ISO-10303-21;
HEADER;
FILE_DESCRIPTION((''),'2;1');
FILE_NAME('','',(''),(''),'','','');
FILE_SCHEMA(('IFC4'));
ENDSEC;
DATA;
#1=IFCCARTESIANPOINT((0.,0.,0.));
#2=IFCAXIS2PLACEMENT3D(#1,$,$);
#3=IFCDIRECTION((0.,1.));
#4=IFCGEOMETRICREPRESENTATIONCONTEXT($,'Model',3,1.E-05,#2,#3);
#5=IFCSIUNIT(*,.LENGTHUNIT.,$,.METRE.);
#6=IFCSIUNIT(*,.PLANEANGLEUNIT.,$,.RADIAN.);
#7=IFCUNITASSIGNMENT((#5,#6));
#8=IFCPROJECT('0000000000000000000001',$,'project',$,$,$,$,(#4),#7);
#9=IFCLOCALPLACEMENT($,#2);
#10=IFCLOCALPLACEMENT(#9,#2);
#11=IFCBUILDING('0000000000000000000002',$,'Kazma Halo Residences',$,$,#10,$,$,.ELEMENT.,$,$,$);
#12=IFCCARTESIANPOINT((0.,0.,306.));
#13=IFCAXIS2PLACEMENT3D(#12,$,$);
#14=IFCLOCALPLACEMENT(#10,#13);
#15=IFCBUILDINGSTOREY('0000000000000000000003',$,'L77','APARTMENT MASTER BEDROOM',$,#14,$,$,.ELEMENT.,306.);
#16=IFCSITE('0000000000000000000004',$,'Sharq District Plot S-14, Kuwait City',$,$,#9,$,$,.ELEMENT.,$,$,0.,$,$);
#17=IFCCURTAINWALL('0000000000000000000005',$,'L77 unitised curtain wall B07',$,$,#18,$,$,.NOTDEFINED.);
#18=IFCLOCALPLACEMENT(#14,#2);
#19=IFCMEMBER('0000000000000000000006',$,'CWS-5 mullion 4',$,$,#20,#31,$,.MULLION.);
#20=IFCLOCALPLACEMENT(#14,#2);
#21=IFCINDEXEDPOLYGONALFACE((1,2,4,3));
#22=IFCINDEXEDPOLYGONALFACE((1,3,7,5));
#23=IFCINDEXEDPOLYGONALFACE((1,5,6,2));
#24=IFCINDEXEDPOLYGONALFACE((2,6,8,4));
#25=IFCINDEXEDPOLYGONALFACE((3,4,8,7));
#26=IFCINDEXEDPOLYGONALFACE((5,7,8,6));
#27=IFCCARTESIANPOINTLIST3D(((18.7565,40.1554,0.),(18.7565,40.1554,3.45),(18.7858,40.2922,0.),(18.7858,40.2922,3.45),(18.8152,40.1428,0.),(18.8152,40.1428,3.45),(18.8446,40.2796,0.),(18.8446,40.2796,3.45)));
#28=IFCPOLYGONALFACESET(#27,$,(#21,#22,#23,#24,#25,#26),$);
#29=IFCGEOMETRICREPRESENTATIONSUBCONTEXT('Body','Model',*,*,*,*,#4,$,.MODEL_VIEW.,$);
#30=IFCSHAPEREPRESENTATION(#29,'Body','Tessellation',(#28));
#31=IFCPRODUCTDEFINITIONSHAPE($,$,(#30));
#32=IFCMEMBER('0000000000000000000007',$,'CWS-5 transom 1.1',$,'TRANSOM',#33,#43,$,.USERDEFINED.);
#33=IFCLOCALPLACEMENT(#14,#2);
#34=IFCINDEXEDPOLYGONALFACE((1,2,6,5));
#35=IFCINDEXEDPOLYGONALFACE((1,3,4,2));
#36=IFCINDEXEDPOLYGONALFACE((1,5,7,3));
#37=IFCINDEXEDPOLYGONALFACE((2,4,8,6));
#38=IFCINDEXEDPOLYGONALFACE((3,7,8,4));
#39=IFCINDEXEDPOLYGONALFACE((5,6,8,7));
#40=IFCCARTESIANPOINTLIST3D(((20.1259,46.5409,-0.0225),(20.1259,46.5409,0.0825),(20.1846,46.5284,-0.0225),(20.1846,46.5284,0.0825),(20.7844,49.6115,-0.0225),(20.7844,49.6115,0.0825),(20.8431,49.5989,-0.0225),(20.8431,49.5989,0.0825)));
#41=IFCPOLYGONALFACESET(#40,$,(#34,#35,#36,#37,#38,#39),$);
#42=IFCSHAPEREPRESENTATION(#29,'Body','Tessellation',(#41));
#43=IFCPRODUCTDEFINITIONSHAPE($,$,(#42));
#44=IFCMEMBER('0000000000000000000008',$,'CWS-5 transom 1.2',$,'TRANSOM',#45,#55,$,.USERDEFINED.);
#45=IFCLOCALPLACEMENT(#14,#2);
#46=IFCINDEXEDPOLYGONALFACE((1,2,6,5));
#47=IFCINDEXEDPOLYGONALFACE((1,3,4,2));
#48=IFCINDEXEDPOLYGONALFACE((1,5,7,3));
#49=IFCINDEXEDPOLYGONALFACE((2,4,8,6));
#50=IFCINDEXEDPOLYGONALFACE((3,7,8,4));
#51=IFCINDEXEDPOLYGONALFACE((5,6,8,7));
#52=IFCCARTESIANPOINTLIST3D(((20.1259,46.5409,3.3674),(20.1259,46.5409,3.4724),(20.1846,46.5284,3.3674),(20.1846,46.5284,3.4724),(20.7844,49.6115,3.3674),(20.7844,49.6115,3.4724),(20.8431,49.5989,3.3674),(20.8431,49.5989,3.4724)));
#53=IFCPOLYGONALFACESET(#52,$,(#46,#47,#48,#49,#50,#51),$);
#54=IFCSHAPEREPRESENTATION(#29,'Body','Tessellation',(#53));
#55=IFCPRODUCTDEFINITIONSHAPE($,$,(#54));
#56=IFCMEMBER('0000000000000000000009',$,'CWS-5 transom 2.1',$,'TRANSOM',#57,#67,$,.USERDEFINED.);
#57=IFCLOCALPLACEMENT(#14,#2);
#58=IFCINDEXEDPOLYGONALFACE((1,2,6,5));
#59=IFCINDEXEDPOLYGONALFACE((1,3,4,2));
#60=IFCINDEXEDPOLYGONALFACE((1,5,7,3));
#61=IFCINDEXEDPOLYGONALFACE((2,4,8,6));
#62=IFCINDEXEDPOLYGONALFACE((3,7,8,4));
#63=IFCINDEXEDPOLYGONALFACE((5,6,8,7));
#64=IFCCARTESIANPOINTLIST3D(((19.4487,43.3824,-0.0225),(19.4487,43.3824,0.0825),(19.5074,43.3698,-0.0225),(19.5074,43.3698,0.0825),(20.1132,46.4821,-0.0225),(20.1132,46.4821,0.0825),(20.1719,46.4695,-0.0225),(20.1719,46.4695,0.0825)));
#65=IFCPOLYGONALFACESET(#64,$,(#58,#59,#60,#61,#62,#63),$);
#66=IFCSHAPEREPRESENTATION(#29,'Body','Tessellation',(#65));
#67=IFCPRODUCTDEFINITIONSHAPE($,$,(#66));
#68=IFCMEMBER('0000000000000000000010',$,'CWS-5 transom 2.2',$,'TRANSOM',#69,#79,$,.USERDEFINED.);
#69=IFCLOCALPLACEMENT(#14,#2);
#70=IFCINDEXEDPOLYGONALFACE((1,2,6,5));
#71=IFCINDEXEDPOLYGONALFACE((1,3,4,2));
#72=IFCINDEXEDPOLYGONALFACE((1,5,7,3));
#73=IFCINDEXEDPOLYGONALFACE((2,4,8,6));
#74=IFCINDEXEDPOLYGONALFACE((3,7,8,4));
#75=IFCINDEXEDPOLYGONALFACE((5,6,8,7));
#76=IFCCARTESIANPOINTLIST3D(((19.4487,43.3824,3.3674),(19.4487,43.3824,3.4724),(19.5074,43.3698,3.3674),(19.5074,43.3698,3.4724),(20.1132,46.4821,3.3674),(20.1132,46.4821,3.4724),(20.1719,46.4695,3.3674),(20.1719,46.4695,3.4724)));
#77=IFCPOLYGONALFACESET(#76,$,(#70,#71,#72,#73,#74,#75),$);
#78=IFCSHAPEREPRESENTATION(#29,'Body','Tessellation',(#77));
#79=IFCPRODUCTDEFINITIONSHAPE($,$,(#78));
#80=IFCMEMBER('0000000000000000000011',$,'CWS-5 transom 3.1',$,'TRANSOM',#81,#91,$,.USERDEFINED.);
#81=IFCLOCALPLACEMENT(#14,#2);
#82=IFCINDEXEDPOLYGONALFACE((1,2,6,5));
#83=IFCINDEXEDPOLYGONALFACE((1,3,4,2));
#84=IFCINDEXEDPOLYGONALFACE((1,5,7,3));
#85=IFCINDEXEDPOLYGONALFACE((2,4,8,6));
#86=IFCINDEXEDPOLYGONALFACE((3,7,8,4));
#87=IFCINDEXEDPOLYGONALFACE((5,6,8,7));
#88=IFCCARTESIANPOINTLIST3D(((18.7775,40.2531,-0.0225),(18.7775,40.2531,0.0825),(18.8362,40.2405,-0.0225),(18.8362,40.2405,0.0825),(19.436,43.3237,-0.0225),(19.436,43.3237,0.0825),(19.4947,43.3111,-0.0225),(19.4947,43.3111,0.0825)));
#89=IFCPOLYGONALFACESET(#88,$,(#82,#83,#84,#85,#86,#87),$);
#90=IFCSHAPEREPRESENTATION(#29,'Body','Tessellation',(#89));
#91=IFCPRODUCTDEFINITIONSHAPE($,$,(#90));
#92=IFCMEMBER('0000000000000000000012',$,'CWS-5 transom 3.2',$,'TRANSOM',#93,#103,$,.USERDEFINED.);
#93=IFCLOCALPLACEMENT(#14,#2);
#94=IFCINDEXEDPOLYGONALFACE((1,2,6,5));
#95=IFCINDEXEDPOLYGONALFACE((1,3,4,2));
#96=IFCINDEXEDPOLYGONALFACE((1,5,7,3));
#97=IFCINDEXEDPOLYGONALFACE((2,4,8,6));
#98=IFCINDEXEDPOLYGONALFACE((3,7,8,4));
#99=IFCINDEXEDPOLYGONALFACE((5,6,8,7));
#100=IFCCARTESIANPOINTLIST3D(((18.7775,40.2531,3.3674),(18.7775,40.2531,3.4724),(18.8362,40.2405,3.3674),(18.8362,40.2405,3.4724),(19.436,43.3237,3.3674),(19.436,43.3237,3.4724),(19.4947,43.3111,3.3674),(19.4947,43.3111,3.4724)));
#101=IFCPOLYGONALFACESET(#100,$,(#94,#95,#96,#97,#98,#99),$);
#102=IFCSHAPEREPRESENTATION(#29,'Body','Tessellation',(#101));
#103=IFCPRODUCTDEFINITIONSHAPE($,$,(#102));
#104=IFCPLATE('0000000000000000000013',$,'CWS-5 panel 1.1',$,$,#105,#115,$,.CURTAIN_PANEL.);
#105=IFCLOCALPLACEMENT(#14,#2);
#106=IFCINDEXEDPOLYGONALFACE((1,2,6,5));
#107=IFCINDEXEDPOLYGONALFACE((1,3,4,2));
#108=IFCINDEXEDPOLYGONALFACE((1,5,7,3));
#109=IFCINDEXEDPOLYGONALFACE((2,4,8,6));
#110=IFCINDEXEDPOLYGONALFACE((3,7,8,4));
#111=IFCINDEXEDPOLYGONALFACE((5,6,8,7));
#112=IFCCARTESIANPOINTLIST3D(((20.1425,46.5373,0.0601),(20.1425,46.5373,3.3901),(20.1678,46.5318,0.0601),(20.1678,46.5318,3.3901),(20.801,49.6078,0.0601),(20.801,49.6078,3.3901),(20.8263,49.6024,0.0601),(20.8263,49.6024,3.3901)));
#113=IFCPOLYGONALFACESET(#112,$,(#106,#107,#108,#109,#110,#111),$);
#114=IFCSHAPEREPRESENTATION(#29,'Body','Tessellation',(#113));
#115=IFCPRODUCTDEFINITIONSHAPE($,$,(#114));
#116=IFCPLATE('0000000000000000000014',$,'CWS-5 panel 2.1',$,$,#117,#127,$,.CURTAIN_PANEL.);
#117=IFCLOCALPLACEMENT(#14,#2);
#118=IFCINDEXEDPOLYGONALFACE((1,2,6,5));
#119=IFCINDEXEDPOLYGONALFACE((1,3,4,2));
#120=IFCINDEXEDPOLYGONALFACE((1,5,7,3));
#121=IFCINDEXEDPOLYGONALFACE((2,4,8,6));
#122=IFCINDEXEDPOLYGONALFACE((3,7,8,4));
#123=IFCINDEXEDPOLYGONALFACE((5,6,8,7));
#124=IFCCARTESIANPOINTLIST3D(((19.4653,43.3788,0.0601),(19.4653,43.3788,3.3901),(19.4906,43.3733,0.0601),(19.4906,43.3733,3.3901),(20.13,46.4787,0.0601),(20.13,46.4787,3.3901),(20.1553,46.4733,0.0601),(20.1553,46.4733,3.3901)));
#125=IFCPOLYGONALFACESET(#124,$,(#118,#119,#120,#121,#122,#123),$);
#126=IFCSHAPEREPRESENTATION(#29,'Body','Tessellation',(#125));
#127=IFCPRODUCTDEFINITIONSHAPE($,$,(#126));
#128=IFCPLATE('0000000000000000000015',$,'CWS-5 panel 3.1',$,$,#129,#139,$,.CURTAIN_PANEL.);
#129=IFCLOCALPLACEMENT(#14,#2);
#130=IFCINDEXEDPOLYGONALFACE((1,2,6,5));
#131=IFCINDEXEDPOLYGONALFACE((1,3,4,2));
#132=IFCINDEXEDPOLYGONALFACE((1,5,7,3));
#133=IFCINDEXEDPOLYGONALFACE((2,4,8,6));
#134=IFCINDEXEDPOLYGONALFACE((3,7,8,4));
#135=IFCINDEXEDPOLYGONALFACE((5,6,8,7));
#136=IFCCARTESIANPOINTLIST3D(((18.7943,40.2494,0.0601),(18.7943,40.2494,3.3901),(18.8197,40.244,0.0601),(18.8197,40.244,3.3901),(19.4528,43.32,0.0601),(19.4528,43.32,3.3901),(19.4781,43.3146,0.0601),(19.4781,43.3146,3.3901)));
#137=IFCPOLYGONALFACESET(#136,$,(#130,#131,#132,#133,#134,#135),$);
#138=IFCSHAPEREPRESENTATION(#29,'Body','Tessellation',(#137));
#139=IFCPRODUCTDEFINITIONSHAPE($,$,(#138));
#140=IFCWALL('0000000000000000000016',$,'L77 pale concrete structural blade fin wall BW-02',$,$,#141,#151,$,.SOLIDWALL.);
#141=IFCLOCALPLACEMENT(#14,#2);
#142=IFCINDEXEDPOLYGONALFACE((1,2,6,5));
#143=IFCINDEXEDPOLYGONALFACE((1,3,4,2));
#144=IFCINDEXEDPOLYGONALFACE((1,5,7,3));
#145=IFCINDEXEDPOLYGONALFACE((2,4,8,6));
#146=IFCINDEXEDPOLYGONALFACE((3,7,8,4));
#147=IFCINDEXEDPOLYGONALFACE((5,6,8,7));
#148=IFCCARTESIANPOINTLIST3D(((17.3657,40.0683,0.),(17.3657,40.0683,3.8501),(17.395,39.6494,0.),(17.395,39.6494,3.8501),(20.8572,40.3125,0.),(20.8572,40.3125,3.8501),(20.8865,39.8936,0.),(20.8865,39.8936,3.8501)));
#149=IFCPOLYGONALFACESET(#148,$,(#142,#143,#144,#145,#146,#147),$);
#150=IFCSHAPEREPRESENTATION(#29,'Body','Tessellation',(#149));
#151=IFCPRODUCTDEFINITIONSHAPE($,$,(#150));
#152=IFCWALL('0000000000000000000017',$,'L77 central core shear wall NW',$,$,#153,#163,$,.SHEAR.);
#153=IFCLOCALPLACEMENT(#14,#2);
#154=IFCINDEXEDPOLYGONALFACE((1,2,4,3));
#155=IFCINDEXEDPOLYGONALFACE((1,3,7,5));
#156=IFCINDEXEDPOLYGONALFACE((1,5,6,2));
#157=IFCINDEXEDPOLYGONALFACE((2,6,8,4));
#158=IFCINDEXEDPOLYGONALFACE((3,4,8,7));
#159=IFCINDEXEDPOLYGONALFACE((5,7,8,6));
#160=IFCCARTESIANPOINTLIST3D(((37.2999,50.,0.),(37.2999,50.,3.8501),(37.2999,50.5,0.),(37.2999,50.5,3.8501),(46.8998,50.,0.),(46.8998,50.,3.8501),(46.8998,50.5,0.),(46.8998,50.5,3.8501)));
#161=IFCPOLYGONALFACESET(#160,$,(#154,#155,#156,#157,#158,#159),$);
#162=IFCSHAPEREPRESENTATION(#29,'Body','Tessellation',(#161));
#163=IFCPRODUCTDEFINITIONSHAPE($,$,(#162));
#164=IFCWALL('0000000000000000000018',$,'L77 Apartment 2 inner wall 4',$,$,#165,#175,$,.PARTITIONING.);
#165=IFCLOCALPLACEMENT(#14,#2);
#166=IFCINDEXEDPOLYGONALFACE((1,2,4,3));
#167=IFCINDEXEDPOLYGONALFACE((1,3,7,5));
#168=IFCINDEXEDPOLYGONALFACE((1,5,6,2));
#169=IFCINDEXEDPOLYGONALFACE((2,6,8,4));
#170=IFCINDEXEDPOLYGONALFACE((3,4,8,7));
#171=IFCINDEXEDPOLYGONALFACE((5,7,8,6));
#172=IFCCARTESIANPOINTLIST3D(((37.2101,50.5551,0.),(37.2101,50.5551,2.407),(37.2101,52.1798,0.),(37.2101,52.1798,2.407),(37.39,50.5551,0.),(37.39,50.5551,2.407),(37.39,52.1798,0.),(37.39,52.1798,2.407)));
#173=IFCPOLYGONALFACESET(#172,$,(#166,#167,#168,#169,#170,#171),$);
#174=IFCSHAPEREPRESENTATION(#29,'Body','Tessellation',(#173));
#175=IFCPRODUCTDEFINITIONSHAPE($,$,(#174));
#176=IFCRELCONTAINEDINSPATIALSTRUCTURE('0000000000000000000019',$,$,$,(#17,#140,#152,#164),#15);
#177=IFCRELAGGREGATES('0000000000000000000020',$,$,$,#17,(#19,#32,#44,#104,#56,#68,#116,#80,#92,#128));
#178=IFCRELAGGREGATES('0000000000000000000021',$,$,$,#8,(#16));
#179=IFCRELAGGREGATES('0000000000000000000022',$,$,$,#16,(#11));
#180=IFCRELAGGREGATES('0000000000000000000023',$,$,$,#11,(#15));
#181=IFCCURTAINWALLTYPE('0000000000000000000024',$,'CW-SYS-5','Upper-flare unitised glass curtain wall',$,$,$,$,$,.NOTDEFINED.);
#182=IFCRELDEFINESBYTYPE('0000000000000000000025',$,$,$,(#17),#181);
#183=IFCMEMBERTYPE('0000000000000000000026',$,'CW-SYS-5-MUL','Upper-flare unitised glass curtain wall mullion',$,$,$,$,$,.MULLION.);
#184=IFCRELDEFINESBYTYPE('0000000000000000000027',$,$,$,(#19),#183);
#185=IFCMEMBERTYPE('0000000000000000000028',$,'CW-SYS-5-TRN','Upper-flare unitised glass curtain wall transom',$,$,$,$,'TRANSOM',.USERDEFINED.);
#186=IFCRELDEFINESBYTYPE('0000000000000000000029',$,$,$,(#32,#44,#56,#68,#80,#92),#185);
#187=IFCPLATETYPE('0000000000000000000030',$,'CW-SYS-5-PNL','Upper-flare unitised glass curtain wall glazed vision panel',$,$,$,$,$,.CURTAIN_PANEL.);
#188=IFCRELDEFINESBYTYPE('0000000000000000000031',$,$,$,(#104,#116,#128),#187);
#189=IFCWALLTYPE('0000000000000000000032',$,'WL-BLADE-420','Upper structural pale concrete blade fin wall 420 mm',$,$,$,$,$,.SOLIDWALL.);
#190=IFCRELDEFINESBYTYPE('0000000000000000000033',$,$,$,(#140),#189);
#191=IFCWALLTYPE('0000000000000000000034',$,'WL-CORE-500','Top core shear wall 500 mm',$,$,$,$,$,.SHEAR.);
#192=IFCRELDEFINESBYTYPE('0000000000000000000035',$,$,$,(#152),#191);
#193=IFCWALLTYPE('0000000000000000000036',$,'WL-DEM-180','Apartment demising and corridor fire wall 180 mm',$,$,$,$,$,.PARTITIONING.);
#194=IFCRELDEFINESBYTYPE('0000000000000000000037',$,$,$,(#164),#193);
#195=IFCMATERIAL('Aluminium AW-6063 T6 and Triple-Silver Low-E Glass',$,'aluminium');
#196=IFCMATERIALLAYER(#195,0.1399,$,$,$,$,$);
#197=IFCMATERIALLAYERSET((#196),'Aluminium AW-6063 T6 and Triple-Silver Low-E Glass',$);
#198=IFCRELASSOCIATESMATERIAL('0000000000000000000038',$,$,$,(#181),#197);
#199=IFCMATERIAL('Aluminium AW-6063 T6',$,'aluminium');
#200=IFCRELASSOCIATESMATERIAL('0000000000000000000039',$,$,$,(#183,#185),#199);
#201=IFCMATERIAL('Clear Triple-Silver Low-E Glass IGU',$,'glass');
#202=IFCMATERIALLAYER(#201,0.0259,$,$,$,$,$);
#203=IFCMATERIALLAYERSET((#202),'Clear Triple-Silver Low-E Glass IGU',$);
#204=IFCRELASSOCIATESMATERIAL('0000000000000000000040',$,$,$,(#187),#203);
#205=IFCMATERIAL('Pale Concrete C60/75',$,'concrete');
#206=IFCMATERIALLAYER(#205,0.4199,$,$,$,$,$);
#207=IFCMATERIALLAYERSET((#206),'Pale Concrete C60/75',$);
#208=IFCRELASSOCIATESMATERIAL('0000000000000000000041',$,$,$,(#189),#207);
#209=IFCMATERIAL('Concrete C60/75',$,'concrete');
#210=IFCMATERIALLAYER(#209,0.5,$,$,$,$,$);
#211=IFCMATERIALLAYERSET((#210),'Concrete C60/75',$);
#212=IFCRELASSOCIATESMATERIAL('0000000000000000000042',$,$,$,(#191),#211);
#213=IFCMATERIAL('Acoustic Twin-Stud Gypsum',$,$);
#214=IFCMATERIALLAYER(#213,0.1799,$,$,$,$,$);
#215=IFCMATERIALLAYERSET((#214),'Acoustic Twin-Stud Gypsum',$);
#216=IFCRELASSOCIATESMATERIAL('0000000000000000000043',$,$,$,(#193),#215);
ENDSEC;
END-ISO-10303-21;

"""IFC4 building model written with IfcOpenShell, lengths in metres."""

from ifc_helpers import new_model, si_unit, direction, frame, frame_2d, origin, origin_2d, place, context, subcontext, project, spatial, rectangle, extrude, material, layer, layer_set, material_profile, profile_set, type_object, element, aggregate, save


model = new_model("IFC4")

# Units and contexts
model_context = context("Model", 3, precision=1e-05, world=origin(), true_north=direction((0.0, 1.0)))
body_context = subcontext(model_context, "Body", "Model", "MODEL_VIEW")
ifc_project = project(units=[si_unit("LENGTHUNIT", "METRE"), si_unit("PLANEANGLEUNIT", "RADIAN")], contexts=[model_context])

# Site, building, storey
site_placement = place(None, origin())
site = spatial("IfcSite", under=ifc_project, at=site_placement, Name="Sharq District Plot S-14, Kuwait City", CompositionType="ELEMENT", RefElevation=0.0)
building_placement = place(site_placement, origin())
building = spatial("IfcBuilding", under=site, at=building_placement, Name="Kazma Halo Residences", CompositionType="ELEMENT")
storey_placement = place(building_placement, frame((0.0, 0.0, 306.0)))
storey = spatial("IfcBuildingStorey", under=building, at=storey_placement, Name="L77", Description="APARTMENT MASTER BEDROOM", CompositionType="ELEMENT", Elevation=306.0)

# Shared definitions
ifc_material_1 = material(Name="Concrete C60/75", Category="concrete")

# Curtain wall, members, plates
ifc_material_2 = material(Name="Aluminium AW-6063 T6 and Triple-Silver Low-E Glass", Category="aluminium")
ifc_layer_1 = layer(ifc_material_2, 0.1399)
ifc_layer_set_1 = layer_set([ifc_layer_1], Name="Aluminium AW-6063 T6 and Triple-Silver Low-E Glass")
curtain_wall_type = type_object("IfcCurtainWallType", Name="CW-SYS-5", Description="Upper-flare unitised glass curtain wall", PredefinedType="NOTDEFINED", material=ifc_layer_set_1)
curtain_wall_placement = place(storey_placement, origin())
curtain_wall = element("IfcCurtainWall", 1, at=curtain_wall_placement, inside=storey, type_object=curtain_wall_type, Name="L77 unitised curtain wall B07", PredefinedType="NOTDEFINED")
ifc_material_3 = material(Name="Aluminium AW-6063 T6", Category="aluminium")
ifc_material_profile_1 = material_profile(ifc_material_3, rectangle(XDim=0.0601, YDim=0.1399, at=origin_2d()), Name="CWM-60x140")
ifc_profile_set_1 = profile_set([ifc_material_profile_1], Name="Aluminium AW-6063 T6")
member_type_1 = type_object("IfcMemberType", Name="CW-SYS-5-MUL", Description="Upper-flare unitised glass curtain wall mullion", PredefinedType="MULLION", material=ifc_profile_set_1)
member_1_placement = place(storey_placement, frame((18.8005, 40.2175, 0.0), z_axis=(0.0, 0.0, 1.0), x_axis=(0.977771, -0.209676, 0.0)))
member_1 = element("IfcMember", 2, at=member_1_placement, type_object=member_type_1, Name="CWS-5 mullion 4", PredefinedType="MULLION", context=body_context, shape_type="SweptSolid", body=[
    extrude(rectangle(XDim=0.0601, YDim=0.1399, at=origin_2d()), origin(), (0.0, 0.0, 1.0), 3.45),
])
ifc_material_profile_2 = material_profile(ifc_material_3, rectangle(XDim=0.0601, YDim=0.105, at=origin_2d()), Name="CWT-60x105")
ifc_profile_set_2 = profile_set([ifc_material_profile_2], Name="Aluminium AW-6063 T6")
member_type_2 = type_object("IfcMemberType", Name="CW-SYS-5-TRN", Description="Upper-flare unitised glass curtain wall transom", ElementType="TRANSOM", PredefinedType="USERDEFINED", material=ifc_profile_set_2)
member_2_placement = place(storey_placement, frame((20.8137, 49.6052, 0.03), z_axis=(-0.209672, -0.977772, 0.0), x_axis=(0.977772, -0.209672, 0.0)))
member_2 = element("IfcMember", 3, at=member_2_placement, type_object=member_type_2, Name="CWS-5 transom 1.1", ObjectType="TRANSOM", PredefinedType="USERDEFINED", context=body_context, shape_type="SweptSolid", body=[
    extrude(rectangle(XDim=0.0601, YDim=0.105, at=origin_2d()), origin(), (0.0, 0.0, 1.0), 3.1404),
])
member_3_placement = place(storey_placement, frame((20.8137, 49.6052, 3.4199), z_axis=(-0.209672, -0.977772, 0.0), x_axis=(0.977772, -0.209672, 0.0)))
member_3 = element("IfcMember", 4, at=member_3_placement, type_object=member_type_2, Name="CWS-5 transom 1.2", ObjectType="TRANSOM", PredefinedType="USERDEFINED", context=body_context, shape_type="SweptSolid", body=[
    extrude(rectangle(XDim=0.0601, YDim=0.105, at=origin_2d()), origin(), (0.0, 0.0, 1.0), 3.1404),
])
member_4_placement = place(storey_placement, frame((20.1426, 46.4758, 0.03), z_axis=(-0.209618, -0.977783, 0.0), x_axis=(0.977783, -0.209618, 0.0)))
member_4 = element("IfcMember", 5, at=member_4_placement, type_object=member_type_2, Name="CWS-5 transom 2.1", ObjectType="TRANSOM", PredefinedType="USERDEFINED", context=body_context, shape_type="SweptSolid", body=[
    extrude(rectangle(XDim=0.0601, YDim=0.105, at=origin_2d()), origin(), (0.0, 0.0, 1.0), 3.1702),
])
member_5_placement = place(storey_placement, frame((20.1426, 46.4758, 3.4199), z_axis=(-0.209618, -0.977783, 0.0), x_axis=(0.977783, -0.209618, 0.0)))
member_5 = element("IfcMember", 6, at=member_5_placement, type_object=member_type_2, Name="CWS-5 transom 2.2", ObjectType="TRANSOM", PredefinedType="USERDEFINED", context=body_context, shape_type="SweptSolid", body=[
    extrude(rectangle(XDim=0.0601, YDim=0.105, at=origin_2d()), origin(), (0.0, 0.0, 1.0), 3.1702),
])
member_6_placement = place(storey_placement, frame((19.4653, 43.3174, 0.03), z_axis=(-0.209672, -0.977772, 0.0), x_axis=(0.977772, -0.209672, 0.0)))
member_6 = element("IfcMember", 7, at=member_6_placement, type_object=member_type_2, Name="CWS-5 transom 3.1", ObjectType="TRANSOM", PredefinedType="USERDEFINED", context=body_context, shape_type="SweptSolid", body=[
    extrude(rectangle(XDim=0.0601, YDim=0.105, at=origin_2d()), origin(), (0.0, 0.0, 1.0), 3.1404),
])
member_7_placement = place(storey_placement, frame((19.4653, 43.3174, 3.4199), z_axis=(-0.209672, -0.977772, 0.0), x_axis=(0.977772, -0.209672, 0.0)))
member_7 = element("IfcMember", 8, at=member_7_placement, type_object=member_type_2, Name="CWS-5 transom 3.2", ObjectType="TRANSOM", PredefinedType="USERDEFINED", context=body_context, shape_type="SweptSolid", body=[
    extrude(rectangle(XDim=0.0601, YDim=0.105, at=origin_2d()), origin(), (0.0, 0.0, 1.0), 3.1404),
])
ifc_material_4 = material(Name="Clear Triple-Silver Low-E Glass IGU", Category="glass")
ifc_layer_2 = layer(ifc_material_4, 0.0259)
ifc_layer_set_2 = layer_set([ifc_layer_2], Name="Clear Triple-Silver Low-E Glass IGU")
plate_type = type_object("IfcPlateType", Name="CW-SYS-5-PNL", Description="Upper-flare unitised glass curtain wall glazed vision panel", PredefinedType="CURTAIN_PANEL", material=ifc_layer_set_2)
plate_1_placement = place(storey_placement, frame((20.4844, 48.0698, 0.0601), z_axis=(0.0, 0.0, 1.0), x_axis=(-0.209676, -0.977771, 0.0)))
plate_1 = element("IfcPlate", 9, at=plate_1_placement, type_object=plate_type, Name="CWS-5 panel 1.1", PredefinedType="CURTAIN_PANEL", context=body_context, shape_type="SweptSolid", body=[
    extrude(rectangle(XDim=3.1404, YDim=0.0259, at=origin_2d()), origin(), (0.0, 0.0, 1.0), 3.3301),
])
plate_2_placement = place(storey_placement, frame((19.8103, 44.926, 0.0601), z_axis=(0.0, 0.0, 1.0), x_axis=(-0.209676, -0.977771, 0.0)))
plate_2 = element("IfcPlate", 10, at=plate_2_placement, type_object=plate_type, Name="CWS-5 panel 2.1", PredefinedType="CURTAIN_PANEL", context=body_context, shape_type="SweptSolid", body=[
    extrude(rectangle(XDim=3.1704, YDim=0.0259, at=origin_2d()), origin(), (0.0, 0.0, 1.0), 3.3301),
])
plate_3_placement = place(storey_placement, frame((19.1362, 41.782, 0.0601), z_axis=(0.0, 0.0, 1.0), x_axis=(-0.209676, -0.977771, 0.0)))
plate_3 = element("IfcPlate", 11, at=plate_3_placement, type_object=plate_type, Name="CWS-5 panel 3.1", PredefinedType="CURTAIN_PANEL", context=body_context, shape_type="SweptSolid", body=[
    extrude(rectangle(XDim=3.1404, YDim=0.0259, at=origin_2d()), origin(), (0.0, 0.0, 1.0), 3.3301),
])
aggregate(curtain_wall, [member_1, member_2, member_3, plate_1, member_4, member_5, plate_2, member_6, member_7, plate_3])

# Walls
ifc_material_5 = material(Name="Pale Concrete C60/75", Category="concrete")
ifc_layer_3 = layer(ifc_material_5, 0.4199)
ifc_layer_set_3 = layer_set([ifc_layer_3], Name="Pale Concrete C60/75")
wall_type_1 = type_object("IfcWallType", Name="WL-BLADE-420", Description="Upper structural pale concrete blade fin wall 420 mm", PredefinedType="SOLIDWALL", material=ifc_layer_set_3)
wall_1_placement = place(storey_placement, frame((20.8718, 40.103, 0.0), z_axis=(0.0, 0.0, 1.0), x_axis=(-0.997564, -0.069755, 0.0)))
element("IfcWall", 12, at=wall_1_placement, inside=storey, type_object=wall_type_1, Name="L77 pale concrete structural blade fin wall BW-02", PredefinedType="SOLIDWALL", context=body_context, shape_type="SweptSolid", body=[
    extrude(rectangle(XDim=3.5, YDim=0.4199, at=frame_2d((1.75, 0.0))), origin(), (0.0, 0.0, 1.0), 3.8501),
])
ifc_layer_4 = layer(ifc_material_1, 0.5)
ifc_layer_set_4 = layer_set([ifc_layer_4], Name="Concrete C60/75")
wall_type_2 = type_object("IfcWallType", Name="WL-CORE-500", Description="Top core shear wall 500 mm", PredefinedType="SHEAR", material=ifc_layer_set_4)
wall_2_placement = place(storey_placement, frame((37.3, 50.25, 0.0), z_axis=(0.0, 0.0, 1.0), x_axis=(1.0, 0.0, 0.0)))
element("IfcWall", 13, at=wall_2_placement, inside=storey, type_object=wall_type_2, Name="L77 central core shear wall NW", PredefinedType="SHEAR", context=body_context, shape_type="SweptSolid", body=[
    extrude(rectangle(XDim=9.5999, YDim=0.5, at=frame_2d((4.7998, 0.0))), origin(), (0.0, 0.0, 1.0), 3.8501),
])
ifc_material_6 = material(Name="Acoustic Twin-Stud Gypsum")
ifc_layer_5 = layer(ifc_material_6, 0.1799)
ifc_layer_set_5 = layer_set([ifc_layer_5], Name="Acoustic Twin-Stud Gypsum")
wall_type_3 = type_object("IfcWallType", Name="WL-DEM-180", Description="Apartment demising and corridor fire wall 180 mm", PredefinedType="PARTITIONING", material=ifc_layer_set_5)
wall_3_placement = place(storey_placement, frame((37.3, 52.1799, 0.0), z_axis=(0.0, 0.0, 1.0), x_axis=(0.0, -1.0, 0.0)))
element("IfcWall", 14, at=wall_3_placement, inside=storey, type_object=wall_type_3, Name="L77 Apartment 2 inner wall 4", PredefinedType="PARTITIONING", context=body_context, shape_type="SweptSolid", body=[
    extrude(rectangle(XDim=1.6248, YDim=0.1799, at=frame_2d((0.8125, 0.0))), origin(), (0.0, 0.0, 1.0), 2.407),
])

save(model, "model.ifc")
